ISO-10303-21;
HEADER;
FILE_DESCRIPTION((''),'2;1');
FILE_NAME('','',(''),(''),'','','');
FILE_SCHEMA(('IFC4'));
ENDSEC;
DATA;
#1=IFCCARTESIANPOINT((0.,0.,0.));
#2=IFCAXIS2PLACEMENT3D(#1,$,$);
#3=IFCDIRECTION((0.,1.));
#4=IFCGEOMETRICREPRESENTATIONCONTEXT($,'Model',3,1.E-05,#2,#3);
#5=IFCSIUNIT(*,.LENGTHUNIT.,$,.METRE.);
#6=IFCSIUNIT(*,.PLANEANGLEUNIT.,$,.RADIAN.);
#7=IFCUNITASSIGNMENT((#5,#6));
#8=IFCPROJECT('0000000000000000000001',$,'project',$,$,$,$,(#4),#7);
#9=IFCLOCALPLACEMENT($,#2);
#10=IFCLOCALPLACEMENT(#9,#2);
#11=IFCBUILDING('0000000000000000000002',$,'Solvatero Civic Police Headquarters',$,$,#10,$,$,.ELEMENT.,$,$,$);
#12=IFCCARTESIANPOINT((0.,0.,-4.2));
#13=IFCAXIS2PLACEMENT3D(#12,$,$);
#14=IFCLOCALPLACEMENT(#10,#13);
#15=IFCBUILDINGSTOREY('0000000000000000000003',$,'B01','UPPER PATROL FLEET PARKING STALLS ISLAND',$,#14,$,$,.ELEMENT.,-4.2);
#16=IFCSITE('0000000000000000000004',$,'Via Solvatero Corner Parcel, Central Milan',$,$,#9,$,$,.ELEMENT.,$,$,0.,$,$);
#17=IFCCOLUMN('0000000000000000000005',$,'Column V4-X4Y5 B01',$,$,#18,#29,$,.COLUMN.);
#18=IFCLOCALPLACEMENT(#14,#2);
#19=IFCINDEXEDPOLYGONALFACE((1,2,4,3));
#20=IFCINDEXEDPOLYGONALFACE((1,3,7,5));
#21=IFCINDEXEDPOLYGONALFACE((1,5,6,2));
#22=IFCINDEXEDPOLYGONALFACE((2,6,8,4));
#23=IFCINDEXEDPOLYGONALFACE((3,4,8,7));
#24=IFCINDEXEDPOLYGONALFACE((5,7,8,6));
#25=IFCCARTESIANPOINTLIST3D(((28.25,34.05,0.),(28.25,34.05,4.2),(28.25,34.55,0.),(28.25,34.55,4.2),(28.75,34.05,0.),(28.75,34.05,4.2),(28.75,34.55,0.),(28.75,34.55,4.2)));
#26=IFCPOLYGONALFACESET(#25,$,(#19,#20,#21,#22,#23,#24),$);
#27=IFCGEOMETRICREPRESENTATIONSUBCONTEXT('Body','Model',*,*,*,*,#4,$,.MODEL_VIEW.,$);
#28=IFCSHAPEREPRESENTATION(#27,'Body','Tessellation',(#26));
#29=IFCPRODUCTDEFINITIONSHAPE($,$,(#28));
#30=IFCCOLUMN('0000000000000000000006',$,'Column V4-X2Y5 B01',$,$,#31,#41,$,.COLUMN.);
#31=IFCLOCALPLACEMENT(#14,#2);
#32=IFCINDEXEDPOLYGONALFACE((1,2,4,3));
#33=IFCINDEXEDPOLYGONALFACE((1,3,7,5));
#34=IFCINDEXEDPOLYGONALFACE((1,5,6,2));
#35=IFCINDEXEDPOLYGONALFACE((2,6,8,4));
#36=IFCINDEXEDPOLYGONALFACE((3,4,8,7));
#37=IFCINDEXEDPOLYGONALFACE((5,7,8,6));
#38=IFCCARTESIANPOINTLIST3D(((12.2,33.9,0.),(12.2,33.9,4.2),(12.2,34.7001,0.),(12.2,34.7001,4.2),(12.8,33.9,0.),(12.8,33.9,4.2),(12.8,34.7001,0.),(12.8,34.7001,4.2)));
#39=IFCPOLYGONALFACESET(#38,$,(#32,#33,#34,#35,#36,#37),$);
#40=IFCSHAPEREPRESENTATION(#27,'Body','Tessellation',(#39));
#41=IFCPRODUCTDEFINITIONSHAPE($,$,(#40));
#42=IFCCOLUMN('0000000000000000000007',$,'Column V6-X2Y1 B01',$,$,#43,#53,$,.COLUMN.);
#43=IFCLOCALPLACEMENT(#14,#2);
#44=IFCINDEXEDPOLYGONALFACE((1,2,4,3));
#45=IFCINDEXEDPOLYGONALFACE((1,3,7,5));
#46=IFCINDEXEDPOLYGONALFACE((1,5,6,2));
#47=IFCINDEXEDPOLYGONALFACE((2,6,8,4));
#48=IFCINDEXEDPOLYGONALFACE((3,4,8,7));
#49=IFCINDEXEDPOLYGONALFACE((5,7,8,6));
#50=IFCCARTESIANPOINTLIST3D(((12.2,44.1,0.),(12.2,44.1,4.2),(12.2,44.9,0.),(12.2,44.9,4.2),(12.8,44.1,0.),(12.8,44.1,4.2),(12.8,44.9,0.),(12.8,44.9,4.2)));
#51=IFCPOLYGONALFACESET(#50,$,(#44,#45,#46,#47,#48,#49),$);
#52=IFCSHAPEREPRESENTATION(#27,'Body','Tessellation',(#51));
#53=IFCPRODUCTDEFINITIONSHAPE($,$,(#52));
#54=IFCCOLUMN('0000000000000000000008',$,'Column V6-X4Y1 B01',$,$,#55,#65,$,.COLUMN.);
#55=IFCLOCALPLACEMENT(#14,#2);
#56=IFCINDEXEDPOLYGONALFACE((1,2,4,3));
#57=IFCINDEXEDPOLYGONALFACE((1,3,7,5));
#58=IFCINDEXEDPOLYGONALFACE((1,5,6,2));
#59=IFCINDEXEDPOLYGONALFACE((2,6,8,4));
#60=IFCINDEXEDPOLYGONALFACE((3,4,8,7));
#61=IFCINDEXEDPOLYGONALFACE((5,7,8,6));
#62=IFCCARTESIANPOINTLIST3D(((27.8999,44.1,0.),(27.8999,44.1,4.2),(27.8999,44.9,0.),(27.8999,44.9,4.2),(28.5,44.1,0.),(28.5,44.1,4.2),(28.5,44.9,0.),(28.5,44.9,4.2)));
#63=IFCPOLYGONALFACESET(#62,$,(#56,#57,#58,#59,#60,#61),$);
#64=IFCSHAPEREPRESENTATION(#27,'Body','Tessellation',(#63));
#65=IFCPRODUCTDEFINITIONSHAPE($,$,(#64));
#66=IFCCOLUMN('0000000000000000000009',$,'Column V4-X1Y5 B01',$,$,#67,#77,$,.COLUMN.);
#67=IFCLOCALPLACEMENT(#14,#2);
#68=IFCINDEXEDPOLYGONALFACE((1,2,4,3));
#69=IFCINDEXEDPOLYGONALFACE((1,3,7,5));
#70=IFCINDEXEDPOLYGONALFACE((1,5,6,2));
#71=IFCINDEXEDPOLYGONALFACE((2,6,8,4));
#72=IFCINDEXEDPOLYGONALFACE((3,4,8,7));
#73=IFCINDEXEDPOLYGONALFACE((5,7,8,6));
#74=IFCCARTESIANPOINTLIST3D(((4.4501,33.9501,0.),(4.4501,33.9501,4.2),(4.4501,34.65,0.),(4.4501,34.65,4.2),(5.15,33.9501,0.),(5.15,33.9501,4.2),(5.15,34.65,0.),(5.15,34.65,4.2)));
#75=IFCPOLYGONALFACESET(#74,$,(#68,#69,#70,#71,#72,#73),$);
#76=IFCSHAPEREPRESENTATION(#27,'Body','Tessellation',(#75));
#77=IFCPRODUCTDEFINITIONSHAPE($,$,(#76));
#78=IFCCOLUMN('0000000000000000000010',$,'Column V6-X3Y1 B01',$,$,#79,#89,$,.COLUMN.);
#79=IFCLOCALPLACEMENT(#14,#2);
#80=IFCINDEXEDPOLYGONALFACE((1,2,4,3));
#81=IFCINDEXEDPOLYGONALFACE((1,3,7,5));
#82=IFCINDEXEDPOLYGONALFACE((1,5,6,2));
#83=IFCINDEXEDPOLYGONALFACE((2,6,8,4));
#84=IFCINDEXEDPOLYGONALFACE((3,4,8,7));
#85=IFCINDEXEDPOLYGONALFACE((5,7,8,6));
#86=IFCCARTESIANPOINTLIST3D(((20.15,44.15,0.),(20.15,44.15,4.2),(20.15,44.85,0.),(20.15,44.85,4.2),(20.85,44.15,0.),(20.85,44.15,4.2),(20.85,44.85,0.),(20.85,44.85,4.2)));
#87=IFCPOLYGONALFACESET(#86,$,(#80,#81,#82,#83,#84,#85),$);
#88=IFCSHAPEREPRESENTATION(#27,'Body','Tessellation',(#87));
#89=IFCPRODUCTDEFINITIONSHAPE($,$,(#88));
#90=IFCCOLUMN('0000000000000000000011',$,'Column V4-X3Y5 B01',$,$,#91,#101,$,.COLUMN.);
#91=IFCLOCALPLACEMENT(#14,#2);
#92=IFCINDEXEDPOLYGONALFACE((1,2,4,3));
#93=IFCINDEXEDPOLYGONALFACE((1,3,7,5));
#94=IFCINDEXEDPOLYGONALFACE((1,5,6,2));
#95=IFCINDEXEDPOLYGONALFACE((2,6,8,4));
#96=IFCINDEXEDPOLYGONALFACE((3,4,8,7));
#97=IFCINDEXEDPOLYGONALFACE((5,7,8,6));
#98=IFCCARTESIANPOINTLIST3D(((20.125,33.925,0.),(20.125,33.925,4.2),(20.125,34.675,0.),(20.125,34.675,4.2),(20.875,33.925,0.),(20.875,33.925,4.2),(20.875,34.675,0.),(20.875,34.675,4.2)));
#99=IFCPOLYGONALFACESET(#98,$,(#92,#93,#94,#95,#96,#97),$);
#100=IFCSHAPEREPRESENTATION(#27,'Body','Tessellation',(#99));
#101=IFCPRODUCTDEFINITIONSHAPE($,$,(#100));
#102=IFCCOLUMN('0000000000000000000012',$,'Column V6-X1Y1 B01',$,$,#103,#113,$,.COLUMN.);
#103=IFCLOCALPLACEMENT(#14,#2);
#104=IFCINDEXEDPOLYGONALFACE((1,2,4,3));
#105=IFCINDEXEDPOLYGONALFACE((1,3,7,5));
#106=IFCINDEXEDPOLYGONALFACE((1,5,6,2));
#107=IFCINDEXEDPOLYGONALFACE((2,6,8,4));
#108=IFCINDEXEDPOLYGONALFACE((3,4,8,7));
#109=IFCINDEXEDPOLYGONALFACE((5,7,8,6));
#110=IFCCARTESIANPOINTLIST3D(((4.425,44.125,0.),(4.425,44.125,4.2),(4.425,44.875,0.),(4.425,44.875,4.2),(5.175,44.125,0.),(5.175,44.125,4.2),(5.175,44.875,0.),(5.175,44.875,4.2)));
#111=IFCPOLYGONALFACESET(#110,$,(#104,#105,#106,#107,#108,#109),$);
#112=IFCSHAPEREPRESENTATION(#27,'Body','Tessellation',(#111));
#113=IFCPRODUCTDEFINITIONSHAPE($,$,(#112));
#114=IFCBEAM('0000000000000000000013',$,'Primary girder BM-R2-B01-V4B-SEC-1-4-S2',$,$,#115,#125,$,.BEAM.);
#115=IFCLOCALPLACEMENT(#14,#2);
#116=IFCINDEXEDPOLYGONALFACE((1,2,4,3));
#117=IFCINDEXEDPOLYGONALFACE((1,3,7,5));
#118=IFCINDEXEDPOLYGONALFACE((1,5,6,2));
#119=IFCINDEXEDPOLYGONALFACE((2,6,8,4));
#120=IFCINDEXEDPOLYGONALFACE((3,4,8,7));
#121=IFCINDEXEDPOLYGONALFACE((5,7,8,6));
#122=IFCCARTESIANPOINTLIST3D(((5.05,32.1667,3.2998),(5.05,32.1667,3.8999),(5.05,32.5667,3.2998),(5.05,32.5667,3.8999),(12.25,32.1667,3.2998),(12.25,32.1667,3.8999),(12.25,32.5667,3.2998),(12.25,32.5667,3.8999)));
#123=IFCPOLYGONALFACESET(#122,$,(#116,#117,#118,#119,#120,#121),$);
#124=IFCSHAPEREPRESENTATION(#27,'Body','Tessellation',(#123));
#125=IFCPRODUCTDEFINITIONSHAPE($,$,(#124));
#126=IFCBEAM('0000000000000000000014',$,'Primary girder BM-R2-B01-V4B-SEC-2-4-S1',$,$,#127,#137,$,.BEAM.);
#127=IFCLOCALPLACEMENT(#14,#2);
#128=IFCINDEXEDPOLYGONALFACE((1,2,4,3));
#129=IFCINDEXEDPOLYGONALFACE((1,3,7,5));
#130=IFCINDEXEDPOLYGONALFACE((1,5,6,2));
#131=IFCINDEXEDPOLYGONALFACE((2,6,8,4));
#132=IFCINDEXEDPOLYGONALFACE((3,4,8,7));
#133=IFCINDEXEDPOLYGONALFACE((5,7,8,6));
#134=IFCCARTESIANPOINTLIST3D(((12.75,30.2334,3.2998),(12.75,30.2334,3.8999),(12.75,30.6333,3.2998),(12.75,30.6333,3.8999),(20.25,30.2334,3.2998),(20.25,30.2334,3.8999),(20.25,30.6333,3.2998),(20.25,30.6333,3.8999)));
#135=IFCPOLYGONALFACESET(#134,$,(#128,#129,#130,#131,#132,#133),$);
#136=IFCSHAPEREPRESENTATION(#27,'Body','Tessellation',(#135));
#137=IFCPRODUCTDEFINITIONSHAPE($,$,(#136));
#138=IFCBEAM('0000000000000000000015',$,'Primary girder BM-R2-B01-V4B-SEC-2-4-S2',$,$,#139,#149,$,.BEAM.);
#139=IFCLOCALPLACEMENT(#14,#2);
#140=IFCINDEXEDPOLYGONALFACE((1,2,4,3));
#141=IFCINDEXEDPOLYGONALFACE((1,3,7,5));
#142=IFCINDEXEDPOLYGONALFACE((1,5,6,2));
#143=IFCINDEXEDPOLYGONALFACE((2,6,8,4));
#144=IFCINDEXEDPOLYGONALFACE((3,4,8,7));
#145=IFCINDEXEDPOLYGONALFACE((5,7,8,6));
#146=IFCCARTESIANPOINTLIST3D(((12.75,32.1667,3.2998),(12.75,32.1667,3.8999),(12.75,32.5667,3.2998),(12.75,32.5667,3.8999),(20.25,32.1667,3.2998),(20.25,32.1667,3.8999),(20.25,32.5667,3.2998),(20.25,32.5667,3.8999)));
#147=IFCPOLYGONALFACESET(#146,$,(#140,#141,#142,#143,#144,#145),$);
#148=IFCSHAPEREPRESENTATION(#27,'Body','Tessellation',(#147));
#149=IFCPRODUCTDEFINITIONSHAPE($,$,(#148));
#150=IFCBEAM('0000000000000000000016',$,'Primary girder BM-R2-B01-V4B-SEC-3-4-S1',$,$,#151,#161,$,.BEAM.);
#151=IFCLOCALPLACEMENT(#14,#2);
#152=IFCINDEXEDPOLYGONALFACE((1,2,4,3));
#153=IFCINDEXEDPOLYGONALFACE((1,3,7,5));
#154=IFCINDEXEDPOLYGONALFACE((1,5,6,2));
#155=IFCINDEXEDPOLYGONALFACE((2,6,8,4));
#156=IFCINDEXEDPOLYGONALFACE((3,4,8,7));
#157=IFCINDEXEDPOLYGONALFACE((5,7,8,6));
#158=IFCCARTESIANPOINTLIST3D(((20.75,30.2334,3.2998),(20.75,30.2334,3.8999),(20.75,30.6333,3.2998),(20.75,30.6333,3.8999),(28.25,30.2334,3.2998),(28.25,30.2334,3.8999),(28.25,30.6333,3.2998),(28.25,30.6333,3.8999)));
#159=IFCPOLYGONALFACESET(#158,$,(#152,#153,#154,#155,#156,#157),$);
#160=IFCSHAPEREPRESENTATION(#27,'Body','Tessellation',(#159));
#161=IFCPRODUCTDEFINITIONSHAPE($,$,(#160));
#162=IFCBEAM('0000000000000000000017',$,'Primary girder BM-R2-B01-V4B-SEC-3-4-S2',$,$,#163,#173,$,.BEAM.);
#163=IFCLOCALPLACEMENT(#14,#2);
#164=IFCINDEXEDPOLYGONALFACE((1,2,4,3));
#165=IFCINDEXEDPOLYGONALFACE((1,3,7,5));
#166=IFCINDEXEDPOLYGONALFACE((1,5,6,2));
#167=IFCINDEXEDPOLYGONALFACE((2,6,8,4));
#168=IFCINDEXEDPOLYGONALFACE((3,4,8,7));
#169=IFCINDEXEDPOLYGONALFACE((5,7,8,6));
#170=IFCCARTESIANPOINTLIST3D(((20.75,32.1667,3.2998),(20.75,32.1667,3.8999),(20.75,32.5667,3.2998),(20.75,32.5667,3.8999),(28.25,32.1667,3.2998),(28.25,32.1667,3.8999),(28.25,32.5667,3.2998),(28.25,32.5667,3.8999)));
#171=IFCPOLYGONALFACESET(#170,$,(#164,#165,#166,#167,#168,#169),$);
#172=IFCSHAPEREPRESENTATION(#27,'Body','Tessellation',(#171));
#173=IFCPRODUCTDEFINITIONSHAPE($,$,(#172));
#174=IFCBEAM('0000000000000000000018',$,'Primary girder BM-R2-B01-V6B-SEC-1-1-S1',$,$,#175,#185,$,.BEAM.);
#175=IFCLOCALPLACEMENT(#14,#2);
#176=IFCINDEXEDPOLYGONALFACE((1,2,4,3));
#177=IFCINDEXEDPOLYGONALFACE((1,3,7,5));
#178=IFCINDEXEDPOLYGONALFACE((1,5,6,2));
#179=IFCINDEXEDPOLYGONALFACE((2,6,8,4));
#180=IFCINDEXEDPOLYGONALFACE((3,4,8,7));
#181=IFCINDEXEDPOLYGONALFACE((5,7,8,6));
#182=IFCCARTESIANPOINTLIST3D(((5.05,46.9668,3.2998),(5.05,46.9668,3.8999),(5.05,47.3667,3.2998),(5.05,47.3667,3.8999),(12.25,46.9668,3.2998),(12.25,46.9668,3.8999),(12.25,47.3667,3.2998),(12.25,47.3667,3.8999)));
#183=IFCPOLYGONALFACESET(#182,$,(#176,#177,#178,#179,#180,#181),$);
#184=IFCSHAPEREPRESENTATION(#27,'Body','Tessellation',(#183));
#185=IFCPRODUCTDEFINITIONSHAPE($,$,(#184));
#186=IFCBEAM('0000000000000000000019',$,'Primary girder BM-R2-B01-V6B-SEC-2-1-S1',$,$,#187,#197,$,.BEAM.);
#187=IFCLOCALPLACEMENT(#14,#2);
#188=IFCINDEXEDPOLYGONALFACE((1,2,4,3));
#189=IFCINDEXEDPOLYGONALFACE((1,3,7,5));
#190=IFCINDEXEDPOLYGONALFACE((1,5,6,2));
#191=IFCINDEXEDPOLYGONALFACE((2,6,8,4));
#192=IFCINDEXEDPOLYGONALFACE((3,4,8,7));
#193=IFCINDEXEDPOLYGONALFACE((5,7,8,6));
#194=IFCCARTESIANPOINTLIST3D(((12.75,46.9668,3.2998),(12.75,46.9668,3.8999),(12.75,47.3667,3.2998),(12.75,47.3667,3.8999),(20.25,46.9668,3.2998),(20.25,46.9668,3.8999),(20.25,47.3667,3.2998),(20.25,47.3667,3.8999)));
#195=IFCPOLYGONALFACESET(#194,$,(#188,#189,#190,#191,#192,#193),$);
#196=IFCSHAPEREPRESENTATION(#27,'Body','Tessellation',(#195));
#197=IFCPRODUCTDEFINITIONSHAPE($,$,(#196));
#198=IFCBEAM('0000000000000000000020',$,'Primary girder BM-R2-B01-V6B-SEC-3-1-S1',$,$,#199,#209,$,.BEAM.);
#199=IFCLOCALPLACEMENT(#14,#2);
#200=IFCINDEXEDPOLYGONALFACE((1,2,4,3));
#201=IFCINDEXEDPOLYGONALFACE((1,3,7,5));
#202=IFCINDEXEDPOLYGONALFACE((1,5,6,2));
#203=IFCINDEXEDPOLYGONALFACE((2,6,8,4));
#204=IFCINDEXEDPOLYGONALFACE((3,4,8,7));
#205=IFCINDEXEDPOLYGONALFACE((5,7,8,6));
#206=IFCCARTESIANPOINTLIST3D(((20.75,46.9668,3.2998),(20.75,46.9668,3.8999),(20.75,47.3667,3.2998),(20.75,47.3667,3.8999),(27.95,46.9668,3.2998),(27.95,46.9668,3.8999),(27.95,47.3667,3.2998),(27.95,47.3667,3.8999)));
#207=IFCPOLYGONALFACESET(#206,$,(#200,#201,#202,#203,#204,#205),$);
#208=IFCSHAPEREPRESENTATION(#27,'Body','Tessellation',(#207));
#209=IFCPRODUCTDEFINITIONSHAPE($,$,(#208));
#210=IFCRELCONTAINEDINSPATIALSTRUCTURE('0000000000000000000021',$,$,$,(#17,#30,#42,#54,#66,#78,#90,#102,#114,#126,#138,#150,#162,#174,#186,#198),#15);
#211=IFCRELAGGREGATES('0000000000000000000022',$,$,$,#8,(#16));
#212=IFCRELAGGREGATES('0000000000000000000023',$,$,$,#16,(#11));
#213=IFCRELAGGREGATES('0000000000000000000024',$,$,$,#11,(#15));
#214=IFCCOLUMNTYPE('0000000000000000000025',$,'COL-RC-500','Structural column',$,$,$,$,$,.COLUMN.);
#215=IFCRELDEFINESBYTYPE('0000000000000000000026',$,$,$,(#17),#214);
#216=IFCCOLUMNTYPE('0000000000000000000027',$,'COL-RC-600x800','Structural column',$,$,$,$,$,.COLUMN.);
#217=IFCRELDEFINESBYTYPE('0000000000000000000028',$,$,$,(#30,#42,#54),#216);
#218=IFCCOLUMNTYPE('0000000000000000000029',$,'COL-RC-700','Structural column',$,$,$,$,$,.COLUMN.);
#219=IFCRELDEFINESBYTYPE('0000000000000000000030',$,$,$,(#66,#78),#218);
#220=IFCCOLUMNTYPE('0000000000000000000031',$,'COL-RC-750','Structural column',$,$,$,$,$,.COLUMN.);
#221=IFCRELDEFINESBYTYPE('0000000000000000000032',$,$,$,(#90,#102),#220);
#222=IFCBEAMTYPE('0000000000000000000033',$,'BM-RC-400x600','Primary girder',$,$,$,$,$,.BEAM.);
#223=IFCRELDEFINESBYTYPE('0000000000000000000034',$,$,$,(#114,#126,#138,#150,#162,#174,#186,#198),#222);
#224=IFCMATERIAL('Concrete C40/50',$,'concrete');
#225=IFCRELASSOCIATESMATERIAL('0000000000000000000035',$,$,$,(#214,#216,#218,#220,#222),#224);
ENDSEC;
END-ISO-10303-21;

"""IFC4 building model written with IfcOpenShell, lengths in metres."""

from ifc_helpers import new_model, si_unit, direction, frame, origin, origin_2d, place, context, subcontext, project, spatial, rectangle, extrude, material, material_profile, profile_set, type_object, element, save


model = new_model("IFC4")

# Units and contexts
model_context = context("Model", 3, precision=1e-05, world=origin(), true_north=direction((0.0, 1.0)))
body_context = subcontext(model_context, "Body", "Model", "MODEL_VIEW")
ifc_project = project(units=[si_unit("LENGTHUNIT", "METRE"), si_unit("PLANEANGLEUNIT", "RADIAN")], contexts=[model_context])

# Site, building, storey
site_placement = place(None, origin())
site = spatial("IfcSite", under=ifc_project, at=site_placement, Name="Via Solvatero Corner Parcel, Central Milan", CompositionType="ELEMENT", RefElevation=0.0)
building_placement = place(site_placement, origin())
building = spatial("IfcBuilding", under=site, at=building_placement, Name="Solvatero Civic Police Headquarters", CompositionType="ELEMENT")
storey_placement = place(building_placement, frame((0.0, 0.0, -4.2)))
storey = spatial("IfcBuildingStorey", under=building, at=storey_placement, Name="B01", Description="UPPER PATROL FLEET PARKING STALLS ISLAND", CompositionType="ELEMENT", Elevation=-4.2)

# Columns
ifc_material_1 = material(Name="Concrete C40/50", Category="concrete")
ifc_material_profile_1 = material_profile(ifc_material_1, rectangle(XDim=0.5, YDim=0.5, at=origin_2d()), Name="RC 500x500")
ifc_profile_set_1 = profile_set([ifc_material_profile_1], Name="Concrete C40/50")
column_type_1 = type_object("IfcColumnType", Name="COL-RC-500", Description="Structural column", PredefinedType="COLUMN", material=ifc_profile_set_1)
column_placement = place(storey_placement, frame((28.5, 34.3, 0.0), z_axis=(0.0, 0.0, 1.0), x_axis=(1.0, 0.0, 0.0)))
element("IfcColumn", 1, at=column_placement, inside=storey, type_object=column_type_1, Name="Column V4-X4Y5 B01", PredefinedType="COLUMN", context=body_context, shape_type="SweptSolid", body=[
    extrude(rectangle(XDim=0.5, YDim=0.5, at=origin_2d()), origin(), (0.0, 0.0, 1.0), 4.2),
])
ifc_material_profile_2 = material_profile(ifc_material_1, rectangle(XDim=0.6001, YDim=0.8, at=origin_2d()), Name="RC 600x800")
ifc_profile_set_2 = profile_set([ifc_material_profile_2], Name="Concrete C40/50")
column_type_2 = type_object("IfcColumnType", Name="COL-RC-600x800", Description="Structural column", PredefinedType="COLUMN", material=ifc_profile_set_2)
for number, where, z_axis, x_axis, name in (
    (2, (12.5, 34.3, 0.0), (0.0, 0.0, 1.0), (1.0, 0.0, 0.0), "Column V4-X2Y5 B01"),
    (3, (12.5, 44.5, 0.0), (0.0, 0.0, 1.0), (1.0, 0.0, 0.0), "Column V6-X2Y1 B01"),
    (4, (28.2, 44.5, 0.0), (0.0, 0.0, 1.0), (1.0, 0.0, 0.0), "Column V6-X4Y1 B01"),
):
    element("IfcColumn", number, at=place(storey_placement, frame(where, z_axis=z_axis, x_axis=x_axis)), inside=storey, type_object=column_type_2, Name=name, PredefinedType="COLUMN", context=body_context, shape_type="SweptSolid", body=[
        extrude(rectangle(XDim=0.6001, YDim=0.8, at=origin_2d()), origin(), (0.0, 0.0, 1.0), 4.2),
    ])
ifc_material_profile_3 = material_profile(ifc_material_1, rectangle(XDim=0.7, YDim=0.7, at=origin_2d()), Name="RC 700x700")
ifc_profile_set_3 = profile_set([ifc_material_profile_3], Name="Concrete C40/50")
column_type_3 = type_object("IfcColumnType", Name="COL-RC-700", Description="Structural column", PredefinedType="COLUMN", material=ifc_profile_set_3)
for number, where, z_axis, x_axis, name in (
    (5, (4.8, 34.3, 0.0), (0.0, 0.0, 1.0), (1.0, 0.0, 0.0), "Column V4-X1Y5 B01"),
    (6, (20.5, 44.5, 0.0), (0.0, 0.0, 1.0), (1.0, 0.0, 0.0), "Column V6-X3Y1 B01"),
):
    element("IfcColumn", number, at=place(storey_placement, frame(where, z_axis=z_axis, x_axis=x_axis)), inside=storey, type_object=column_type_3, Name=name, PredefinedType="COLUMN", context=body_context, shape_type="SweptSolid", body=[
        extrude(rectangle(XDim=0.7, YDim=0.7, at=origin_2d()), origin(), (0.0, 0.0, 1.0), 4.2),
    ])
ifc_material_profile_4 = material_profile(ifc_material_1, rectangle(XDim=0.75, YDim=0.75, at=origin_2d()), Name="RC 750x750")
ifc_profile_set_4 = profile_set([ifc_material_profile_4], Name="Concrete C40/50")
column_type_4 = type_object("IfcColumnType", Name="COL-RC-750", Description="Structural column", PredefinedType="COLUMN", material=ifc_profile_set_4)
for number, where, z_axis, x_axis, name in (
    (7, (20.5, 34.3, 0.0), (0.0, 0.0, 1.0), (1.0, 0.0, 0.0), "Column V4-X3Y5 B01"),
    (8, (4.8, 44.5, 0.0), (0.0, 0.0, 1.0), (1.0, 0.0, 0.0), "Column V6-X1Y1 B01"),
):
    element("IfcColumn", number, at=place(storey_placement, frame(where, z_axis=z_axis, x_axis=x_axis)), inside=storey, type_object=column_type_4, Name=name, PredefinedType="COLUMN", context=body_context, shape_type="SweptSolid", body=[
        extrude(rectangle(XDim=0.75, YDim=0.75, at=origin_2d()), origin(), (0.0, 0.0, 1.0), 4.2),
    ])

# Beams
ifc_material_profile_5 = material_profile(ifc_material_1, rectangle(XDim=0.3999, YDim=0.6001, at=origin_2d()), Name="RC 400x600")
ifc_profile_set_5 = profile_set([ifc_material_profile_5], Name="Concrete C40/50")
beam_type_1 = type_object("IfcBeamType", Name="BM-RC-400x600", Description="Primary girder", PredefinedType="BEAM", material=ifc_profile_set_5)
beam_1_placement = place(storey_placement, frame((5.05, 32.3667, 3.5999), z_axis=(1.0, 0.0, 0.0), x_axis=(0.0, 1.0, 0.0)))
element("IfcBeam", 9, at=beam_1_placement, inside=storey, type_object=beam_type_1, Name="Primary girder BM-R2-B01-V4B-SEC-1-4-S2", PredefinedType="BEAM", context=body_context, shape_type="SweptSolid", body=[
    extrude(rectangle(XDim=0.3999, YDim=0.6001, at=origin_2d()), origin(), (0.0, 0.0, 1.0), 7.2),
])
for number, where, z_axis, x_axis, name in (
    (10, (12.75, 30.4333, 3.5999), (1.0, 0.0, 0.0), (0.0, 1.0, 0.0), "Primary girder BM-R2-B01-V4B-SEC-2-4-S1"),
    (11, (12.75, 32.3667, 3.5999), (1.0, 0.0, 0.0), (0.0, 1.0, 0.0), "Primary girder BM-R2-B01-V4B-SEC-2-4-S2"),
    (12, (20.75, 30.4333, 3.5999), (1.0, 0.0, 0.0), (0.0, 1.0, 0.0), "Primary girder BM-R2-B01-V4B-SEC-3-4-S1"),
    (13, (20.75, 32.3667, 3.5999), (1.0, 0.0, 0.0), (0.0, 1.0, 0.0), "Primary girder BM-R2-B01-V4B-SEC-3-4-S2"),
):
    element("IfcBeam", number, at=place(storey_placement, frame(where, z_axis=z_axis, x_axis=x_axis)), inside=storey, type_object=beam_type_1, Name=name, PredefinedType="BEAM", context=body_context, shape_type="SweptSolid", body=[
        extrude(rectangle(XDim=0.3999, YDim=0.6001, at=origin_2d()), origin(), (0.0, 0.0, 1.0), 7.5),
    ])
beam_2_placement = place(storey_placement, frame((5.05, 47.1667, 3.5999), z_axis=(1.0, 0.0, 0.0), x_axis=(0.0, 1.0, 0.0)))
element("IfcBeam", 14, at=beam_2_placement, inside=storey, type_object=beam_type_1, Name="Primary girder BM-R2-B01-V6B-SEC-1-1-S1", PredefinedType="BEAM", context=body_context, shape_type="SweptSolid", body=[
    extrude(rectangle(XDim=0.3999, YDim=0.6001, at=origin_2d()), origin(), (0.0, 0.0, 1.0), 7.2),
])
beam_3_placement = place(storey_placement, frame((12.75, 47.1667, 3.5999), z_axis=(1.0, 0.0, 0.0), x_axis=(0.0, 1.0, 0.0)))
element("IfcBeam", 15, at=beam_3_placement, inside=storey, type_object=beam_type_1, Name="Primary girder BM-R2-B01-V6B-SEC-2-1-S1", PredefinedType="BEAM", context=body_context, shape_type="SweptSolid", body=[
    extrude(rectangle(XDim=0.3999, YDim=0.6001, at=origin_2d()), origin(), (0.0, 0.0, 1.0), 7.5),
])
beam_4_placement = place(storey_placement, frame((20.75, 47.1667, 3.5999), z_axis=(1.0, 0.0, 0.0), x_axis=(0.0, 1.0, 0.0)))
element("IfcBeam", 16, at=beam_4_placement, inside=storey, type_object=beam_type_1, Name="Primary girder BM-R2-B01-V6B-SEC-3-1-S1", PredefinedType="BEAM", context=body_context, shape_type="SweptSolid", body=[
    extrude(rectangle(XDim=0.3999, YDim=0.6001, at=origin_2d()), origin(), (0.0, 0.0, 1.0), 7.2),
])

save(model, "model.ifc")
